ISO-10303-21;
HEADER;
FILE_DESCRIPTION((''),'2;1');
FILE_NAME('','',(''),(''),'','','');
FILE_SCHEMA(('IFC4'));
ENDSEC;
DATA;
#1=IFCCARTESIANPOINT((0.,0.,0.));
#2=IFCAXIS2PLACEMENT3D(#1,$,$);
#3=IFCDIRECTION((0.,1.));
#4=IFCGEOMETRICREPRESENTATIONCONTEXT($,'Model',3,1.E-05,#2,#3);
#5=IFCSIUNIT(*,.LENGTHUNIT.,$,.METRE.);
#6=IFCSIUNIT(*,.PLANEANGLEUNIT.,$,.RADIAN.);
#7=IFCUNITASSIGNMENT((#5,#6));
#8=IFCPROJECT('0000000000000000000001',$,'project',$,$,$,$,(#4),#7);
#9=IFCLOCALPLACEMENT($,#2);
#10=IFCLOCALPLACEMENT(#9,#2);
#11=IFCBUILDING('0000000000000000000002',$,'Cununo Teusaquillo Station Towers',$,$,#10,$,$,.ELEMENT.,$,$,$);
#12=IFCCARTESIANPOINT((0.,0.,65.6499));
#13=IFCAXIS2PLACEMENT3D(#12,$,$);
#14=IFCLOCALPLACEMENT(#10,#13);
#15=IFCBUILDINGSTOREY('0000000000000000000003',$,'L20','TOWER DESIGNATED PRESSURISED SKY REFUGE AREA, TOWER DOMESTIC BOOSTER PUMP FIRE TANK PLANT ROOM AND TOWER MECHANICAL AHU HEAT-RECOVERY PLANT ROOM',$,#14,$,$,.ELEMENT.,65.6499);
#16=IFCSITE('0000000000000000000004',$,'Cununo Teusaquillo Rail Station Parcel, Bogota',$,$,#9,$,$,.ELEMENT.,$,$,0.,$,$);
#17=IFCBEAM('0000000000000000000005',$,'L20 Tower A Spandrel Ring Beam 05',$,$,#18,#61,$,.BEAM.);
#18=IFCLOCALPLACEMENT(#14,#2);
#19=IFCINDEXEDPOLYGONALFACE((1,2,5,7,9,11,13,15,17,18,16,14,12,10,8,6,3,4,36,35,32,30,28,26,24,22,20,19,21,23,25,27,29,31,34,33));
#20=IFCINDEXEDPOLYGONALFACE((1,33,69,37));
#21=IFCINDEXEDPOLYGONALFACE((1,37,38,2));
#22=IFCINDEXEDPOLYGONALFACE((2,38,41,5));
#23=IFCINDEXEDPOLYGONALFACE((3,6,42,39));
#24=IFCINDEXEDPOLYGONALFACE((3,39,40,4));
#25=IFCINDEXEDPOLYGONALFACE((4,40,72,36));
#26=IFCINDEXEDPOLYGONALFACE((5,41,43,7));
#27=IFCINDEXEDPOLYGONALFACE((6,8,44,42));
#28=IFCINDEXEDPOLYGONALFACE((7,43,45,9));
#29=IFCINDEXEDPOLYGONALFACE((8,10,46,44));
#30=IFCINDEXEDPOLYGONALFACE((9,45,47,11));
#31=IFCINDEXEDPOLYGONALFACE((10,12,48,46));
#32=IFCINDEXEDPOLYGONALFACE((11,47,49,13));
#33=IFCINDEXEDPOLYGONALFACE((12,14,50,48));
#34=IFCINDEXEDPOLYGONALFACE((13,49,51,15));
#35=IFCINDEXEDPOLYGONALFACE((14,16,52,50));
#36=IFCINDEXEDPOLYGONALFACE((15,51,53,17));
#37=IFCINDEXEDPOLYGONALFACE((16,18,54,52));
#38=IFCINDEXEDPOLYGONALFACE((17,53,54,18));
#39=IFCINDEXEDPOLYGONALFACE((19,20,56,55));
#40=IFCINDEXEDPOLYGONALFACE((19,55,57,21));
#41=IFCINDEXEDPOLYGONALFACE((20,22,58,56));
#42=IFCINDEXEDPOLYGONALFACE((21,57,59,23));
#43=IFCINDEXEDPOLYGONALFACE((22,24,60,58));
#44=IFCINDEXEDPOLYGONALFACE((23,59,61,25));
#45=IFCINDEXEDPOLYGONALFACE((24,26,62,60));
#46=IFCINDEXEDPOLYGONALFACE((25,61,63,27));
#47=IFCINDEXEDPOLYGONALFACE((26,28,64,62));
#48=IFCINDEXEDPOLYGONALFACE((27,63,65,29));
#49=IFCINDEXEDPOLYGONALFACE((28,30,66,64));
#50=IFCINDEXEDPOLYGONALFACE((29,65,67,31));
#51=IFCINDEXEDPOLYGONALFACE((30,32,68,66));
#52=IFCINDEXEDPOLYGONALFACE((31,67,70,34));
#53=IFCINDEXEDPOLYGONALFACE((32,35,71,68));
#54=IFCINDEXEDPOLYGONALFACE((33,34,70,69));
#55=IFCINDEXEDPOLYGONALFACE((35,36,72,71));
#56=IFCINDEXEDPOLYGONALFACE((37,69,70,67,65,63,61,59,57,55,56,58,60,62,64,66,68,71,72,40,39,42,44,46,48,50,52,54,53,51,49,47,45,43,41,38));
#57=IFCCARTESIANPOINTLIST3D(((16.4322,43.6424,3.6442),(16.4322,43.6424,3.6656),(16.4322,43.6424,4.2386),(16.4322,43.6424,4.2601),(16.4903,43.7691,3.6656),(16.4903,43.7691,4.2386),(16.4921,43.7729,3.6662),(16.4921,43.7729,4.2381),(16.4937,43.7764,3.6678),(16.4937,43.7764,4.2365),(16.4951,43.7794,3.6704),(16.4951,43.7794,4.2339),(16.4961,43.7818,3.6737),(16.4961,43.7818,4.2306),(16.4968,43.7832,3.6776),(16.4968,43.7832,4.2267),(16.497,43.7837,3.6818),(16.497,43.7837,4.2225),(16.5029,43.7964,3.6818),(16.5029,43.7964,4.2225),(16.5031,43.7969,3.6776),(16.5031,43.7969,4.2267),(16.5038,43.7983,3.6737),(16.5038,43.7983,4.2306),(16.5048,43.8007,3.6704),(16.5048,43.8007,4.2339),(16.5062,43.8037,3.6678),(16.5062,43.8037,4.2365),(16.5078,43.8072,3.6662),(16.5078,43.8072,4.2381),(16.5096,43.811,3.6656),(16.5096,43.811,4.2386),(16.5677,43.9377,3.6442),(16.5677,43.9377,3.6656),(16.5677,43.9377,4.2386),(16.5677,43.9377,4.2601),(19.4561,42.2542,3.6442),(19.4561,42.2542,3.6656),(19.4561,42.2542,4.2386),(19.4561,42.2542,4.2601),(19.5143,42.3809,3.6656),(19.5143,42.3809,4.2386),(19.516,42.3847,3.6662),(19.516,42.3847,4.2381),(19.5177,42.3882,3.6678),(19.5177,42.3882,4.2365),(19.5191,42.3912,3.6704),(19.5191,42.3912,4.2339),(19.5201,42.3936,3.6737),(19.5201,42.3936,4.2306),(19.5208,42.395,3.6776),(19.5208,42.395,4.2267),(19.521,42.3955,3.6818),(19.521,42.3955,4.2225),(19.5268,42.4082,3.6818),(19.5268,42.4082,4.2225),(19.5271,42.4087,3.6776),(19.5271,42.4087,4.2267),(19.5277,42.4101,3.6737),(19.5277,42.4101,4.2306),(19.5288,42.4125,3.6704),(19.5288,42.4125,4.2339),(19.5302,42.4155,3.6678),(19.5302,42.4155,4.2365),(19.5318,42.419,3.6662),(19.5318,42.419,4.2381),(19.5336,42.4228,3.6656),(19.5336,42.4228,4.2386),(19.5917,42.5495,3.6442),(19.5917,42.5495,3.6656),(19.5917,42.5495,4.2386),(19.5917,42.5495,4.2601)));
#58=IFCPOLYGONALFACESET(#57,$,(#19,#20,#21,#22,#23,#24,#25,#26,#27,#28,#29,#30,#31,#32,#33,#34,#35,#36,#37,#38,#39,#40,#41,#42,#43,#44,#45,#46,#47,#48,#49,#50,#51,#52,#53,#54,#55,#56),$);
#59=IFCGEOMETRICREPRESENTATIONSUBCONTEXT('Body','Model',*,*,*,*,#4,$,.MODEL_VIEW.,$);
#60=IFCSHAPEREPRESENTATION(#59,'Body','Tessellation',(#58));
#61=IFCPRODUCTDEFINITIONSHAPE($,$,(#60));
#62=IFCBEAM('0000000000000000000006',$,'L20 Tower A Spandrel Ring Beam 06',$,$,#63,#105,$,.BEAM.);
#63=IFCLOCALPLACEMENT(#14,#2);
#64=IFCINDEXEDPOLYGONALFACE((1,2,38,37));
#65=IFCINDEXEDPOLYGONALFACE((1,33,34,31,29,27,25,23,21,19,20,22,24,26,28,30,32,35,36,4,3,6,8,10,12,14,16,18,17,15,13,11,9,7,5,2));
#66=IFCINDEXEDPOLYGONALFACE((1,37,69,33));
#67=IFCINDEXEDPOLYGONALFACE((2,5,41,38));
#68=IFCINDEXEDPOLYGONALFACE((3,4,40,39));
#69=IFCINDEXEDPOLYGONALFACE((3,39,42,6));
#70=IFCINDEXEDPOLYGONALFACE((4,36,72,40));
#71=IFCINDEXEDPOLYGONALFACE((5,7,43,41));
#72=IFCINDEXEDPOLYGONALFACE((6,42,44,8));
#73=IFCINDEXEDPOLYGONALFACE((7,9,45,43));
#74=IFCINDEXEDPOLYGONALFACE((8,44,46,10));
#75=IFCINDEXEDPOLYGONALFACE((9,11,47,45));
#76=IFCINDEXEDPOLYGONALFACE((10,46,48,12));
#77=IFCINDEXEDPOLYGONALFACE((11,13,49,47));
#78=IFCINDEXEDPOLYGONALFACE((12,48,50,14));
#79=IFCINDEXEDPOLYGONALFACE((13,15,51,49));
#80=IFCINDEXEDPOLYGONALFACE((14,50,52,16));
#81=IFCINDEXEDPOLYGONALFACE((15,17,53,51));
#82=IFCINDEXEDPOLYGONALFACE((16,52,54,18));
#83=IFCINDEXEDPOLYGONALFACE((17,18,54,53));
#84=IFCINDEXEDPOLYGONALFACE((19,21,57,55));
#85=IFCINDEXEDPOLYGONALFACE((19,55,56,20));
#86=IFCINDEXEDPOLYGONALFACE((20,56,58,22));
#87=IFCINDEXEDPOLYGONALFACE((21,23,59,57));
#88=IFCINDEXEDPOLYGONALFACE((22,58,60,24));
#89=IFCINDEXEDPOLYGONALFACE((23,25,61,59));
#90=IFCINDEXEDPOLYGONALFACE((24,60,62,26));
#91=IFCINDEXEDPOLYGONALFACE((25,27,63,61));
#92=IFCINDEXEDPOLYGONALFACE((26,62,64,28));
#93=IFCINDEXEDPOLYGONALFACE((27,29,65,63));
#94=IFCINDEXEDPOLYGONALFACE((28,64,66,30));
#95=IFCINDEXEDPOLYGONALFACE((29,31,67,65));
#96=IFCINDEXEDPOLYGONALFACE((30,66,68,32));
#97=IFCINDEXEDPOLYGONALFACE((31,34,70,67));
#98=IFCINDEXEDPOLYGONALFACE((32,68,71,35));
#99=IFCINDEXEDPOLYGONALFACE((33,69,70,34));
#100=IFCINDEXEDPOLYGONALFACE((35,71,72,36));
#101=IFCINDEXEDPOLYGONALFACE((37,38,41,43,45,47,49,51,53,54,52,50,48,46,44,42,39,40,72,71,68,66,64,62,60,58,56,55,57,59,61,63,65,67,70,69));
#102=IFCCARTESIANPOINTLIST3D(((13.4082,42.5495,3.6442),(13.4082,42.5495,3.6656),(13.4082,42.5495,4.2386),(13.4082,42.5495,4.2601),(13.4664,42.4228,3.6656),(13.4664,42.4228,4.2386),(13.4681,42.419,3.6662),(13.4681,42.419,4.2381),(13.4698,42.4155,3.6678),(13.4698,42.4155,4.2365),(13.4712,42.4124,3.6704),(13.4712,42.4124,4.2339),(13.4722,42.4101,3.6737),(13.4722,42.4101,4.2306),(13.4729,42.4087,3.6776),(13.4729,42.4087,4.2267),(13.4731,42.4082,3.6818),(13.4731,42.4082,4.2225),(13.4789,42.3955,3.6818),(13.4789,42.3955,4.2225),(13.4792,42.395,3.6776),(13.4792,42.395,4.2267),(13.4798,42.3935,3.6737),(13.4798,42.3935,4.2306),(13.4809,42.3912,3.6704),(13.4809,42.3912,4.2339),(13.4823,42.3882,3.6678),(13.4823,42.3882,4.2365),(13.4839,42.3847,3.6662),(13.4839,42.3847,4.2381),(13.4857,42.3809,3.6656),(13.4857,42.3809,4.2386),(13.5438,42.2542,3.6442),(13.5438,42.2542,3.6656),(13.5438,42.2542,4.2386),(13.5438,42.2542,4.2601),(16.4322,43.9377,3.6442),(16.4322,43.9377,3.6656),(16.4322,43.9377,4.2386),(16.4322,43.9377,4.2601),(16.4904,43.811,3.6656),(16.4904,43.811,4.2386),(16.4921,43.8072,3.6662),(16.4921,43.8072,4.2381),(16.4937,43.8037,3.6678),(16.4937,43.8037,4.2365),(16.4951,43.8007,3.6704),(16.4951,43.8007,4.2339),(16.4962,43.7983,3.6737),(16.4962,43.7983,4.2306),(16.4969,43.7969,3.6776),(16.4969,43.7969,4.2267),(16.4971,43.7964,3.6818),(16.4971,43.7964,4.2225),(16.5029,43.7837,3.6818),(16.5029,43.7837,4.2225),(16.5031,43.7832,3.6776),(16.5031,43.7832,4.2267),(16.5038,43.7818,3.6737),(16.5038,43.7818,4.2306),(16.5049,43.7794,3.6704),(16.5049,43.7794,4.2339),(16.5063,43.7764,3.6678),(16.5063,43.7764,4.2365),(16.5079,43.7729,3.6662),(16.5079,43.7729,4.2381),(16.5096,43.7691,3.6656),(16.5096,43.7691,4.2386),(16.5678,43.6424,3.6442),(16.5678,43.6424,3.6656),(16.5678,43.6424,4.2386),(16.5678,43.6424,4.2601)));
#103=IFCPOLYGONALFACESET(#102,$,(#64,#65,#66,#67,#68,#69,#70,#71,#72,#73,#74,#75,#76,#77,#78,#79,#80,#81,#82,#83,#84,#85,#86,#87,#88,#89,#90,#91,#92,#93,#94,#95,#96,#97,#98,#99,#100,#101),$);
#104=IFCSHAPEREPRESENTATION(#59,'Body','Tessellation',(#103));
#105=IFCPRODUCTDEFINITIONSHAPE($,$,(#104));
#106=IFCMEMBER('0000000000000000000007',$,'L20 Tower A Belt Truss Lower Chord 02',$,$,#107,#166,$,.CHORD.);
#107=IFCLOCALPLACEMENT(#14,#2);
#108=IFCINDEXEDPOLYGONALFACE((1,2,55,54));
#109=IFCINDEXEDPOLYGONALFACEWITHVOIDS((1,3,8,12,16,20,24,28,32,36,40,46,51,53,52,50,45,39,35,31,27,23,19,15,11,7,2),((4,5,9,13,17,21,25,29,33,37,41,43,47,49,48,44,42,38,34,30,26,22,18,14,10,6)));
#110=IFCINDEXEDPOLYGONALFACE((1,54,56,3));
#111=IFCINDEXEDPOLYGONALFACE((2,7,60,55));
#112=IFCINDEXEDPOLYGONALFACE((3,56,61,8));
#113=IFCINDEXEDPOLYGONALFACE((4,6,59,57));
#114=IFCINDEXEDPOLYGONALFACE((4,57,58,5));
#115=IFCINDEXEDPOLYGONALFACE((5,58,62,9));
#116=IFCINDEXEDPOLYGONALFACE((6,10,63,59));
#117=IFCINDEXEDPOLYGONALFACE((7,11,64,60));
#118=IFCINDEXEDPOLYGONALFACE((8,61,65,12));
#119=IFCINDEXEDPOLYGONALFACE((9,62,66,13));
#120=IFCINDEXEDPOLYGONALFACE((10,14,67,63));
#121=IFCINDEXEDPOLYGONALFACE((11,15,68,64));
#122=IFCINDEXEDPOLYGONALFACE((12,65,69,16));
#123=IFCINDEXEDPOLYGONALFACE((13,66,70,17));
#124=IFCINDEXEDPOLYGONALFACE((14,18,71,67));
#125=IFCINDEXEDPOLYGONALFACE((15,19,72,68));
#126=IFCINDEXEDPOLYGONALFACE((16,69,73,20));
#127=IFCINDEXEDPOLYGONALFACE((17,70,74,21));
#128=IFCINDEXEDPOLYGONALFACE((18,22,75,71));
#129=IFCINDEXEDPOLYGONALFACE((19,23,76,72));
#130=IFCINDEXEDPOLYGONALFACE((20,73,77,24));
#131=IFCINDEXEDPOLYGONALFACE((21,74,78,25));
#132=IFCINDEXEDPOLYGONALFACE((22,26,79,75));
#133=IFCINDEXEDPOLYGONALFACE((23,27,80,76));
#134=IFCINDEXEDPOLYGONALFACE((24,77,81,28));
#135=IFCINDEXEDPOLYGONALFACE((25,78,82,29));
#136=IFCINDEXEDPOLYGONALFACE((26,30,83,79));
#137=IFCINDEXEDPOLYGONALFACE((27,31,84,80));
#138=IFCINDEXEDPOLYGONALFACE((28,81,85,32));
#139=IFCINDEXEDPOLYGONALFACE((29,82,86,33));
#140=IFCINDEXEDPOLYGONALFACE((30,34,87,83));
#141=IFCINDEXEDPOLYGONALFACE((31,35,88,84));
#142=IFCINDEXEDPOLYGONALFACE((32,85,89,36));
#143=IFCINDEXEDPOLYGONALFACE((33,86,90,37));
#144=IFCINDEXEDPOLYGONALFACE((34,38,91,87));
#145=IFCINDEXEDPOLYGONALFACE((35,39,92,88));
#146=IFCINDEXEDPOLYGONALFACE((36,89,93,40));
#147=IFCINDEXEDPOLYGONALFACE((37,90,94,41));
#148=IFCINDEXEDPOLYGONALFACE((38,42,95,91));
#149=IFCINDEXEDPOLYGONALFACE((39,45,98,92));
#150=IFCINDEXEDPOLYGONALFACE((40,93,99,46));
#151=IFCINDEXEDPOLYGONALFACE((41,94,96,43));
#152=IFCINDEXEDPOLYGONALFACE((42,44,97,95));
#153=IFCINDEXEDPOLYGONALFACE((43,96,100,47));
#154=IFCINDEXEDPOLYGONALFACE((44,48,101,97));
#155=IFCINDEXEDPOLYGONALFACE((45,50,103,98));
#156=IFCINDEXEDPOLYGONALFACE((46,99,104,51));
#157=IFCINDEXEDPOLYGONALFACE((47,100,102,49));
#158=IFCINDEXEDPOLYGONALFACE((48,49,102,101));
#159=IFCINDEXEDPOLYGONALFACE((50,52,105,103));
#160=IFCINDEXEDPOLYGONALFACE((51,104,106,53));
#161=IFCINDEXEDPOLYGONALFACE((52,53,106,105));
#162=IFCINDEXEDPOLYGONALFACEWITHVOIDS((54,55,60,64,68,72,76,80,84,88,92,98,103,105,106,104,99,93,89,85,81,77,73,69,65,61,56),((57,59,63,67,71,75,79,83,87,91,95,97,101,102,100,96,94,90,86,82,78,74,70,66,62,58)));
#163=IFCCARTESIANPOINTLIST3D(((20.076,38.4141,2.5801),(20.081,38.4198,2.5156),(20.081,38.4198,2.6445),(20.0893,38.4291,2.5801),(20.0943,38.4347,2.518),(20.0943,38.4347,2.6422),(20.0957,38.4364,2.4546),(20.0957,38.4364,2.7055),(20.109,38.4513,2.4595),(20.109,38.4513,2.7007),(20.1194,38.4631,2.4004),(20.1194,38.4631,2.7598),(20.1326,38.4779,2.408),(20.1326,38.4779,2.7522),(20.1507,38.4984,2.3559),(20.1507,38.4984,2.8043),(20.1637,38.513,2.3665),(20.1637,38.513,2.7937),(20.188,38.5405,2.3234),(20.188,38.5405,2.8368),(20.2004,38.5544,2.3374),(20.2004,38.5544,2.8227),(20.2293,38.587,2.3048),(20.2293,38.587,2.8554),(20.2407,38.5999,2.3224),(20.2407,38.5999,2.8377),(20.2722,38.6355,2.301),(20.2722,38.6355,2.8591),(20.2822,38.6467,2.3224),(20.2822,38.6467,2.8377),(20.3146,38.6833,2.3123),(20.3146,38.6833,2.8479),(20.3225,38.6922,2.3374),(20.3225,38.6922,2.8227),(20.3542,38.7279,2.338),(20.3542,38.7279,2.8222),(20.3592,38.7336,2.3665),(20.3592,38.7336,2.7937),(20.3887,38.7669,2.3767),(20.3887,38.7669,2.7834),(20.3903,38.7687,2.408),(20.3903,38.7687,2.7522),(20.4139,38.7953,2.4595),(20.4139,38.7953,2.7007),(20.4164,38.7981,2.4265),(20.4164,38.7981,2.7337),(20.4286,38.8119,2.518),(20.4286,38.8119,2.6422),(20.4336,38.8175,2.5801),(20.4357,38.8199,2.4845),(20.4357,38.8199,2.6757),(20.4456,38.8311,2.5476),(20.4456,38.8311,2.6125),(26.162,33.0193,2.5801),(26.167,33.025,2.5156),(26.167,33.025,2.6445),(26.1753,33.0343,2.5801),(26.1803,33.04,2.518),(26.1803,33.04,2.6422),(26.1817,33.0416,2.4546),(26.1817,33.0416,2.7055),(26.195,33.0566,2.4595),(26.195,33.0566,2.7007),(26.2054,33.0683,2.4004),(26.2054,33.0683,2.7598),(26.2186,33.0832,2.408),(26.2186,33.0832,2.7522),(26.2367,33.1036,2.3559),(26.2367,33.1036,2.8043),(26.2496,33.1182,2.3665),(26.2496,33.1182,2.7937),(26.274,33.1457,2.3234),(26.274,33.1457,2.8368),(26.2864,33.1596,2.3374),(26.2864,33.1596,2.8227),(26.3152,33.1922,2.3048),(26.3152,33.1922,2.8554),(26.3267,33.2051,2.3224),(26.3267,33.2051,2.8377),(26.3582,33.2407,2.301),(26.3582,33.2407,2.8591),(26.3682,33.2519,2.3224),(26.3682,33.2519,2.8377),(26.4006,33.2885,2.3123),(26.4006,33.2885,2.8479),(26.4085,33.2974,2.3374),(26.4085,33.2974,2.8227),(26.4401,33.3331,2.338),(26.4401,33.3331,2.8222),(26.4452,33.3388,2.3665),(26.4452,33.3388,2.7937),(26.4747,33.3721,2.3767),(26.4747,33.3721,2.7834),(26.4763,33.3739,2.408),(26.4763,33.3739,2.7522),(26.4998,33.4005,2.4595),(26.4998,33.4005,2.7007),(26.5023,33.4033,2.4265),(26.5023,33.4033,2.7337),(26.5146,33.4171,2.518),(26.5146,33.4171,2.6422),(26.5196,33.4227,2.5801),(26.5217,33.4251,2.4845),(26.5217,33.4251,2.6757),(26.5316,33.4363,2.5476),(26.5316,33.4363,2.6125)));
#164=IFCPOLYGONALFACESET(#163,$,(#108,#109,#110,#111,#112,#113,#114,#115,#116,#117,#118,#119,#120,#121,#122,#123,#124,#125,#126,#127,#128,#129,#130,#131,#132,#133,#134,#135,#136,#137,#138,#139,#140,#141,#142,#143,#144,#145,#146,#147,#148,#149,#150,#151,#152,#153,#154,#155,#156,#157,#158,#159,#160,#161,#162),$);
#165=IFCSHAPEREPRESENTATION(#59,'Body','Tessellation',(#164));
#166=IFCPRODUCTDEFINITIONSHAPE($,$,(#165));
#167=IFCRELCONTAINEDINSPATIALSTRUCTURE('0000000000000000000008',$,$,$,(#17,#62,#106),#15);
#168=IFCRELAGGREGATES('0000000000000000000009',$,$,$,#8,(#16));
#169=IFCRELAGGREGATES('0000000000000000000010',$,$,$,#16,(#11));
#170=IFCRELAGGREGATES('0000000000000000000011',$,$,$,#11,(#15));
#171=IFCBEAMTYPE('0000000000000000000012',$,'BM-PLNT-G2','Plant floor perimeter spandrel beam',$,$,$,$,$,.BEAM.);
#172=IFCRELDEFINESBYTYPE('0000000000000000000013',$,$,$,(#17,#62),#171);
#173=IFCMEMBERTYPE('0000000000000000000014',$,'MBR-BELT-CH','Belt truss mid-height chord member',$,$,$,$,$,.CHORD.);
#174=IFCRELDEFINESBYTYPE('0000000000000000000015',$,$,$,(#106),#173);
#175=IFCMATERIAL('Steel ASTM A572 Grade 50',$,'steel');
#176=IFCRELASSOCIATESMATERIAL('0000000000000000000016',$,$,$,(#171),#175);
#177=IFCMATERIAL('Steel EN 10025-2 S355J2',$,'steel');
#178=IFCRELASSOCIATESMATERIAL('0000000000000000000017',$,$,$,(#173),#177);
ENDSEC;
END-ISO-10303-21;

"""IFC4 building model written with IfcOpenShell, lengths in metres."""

from ifc_helpers import new_model, si_unit, direction, frame, origin, origin_2d, place, context, subcontext, project, spatial, hollow_circle, i_section, extrude, material, material_profile, profile_set, type_object, element, save


model = new_model("IFC4")

# Units and contexts
model_context = context("Model", 3, precision=1e-05, world=origin(), true_north=direction((0.0, 1.0)))
body_context = subcontext(model_context, "Body", "Model", "MODEL_VIEW")
ifc_project = project(units=[si_unit("LENGTHUNIT", "METRE"), si_unit("PLANEANGLEUNIT", "RADIAN")], contexts=[model_context])

# Site, building, storey
site_placement = place(None, origin())
site = spatial("IfcSite", under=ifc_project, at=site_placement, Name="Cununo Teusaquillo Rail Station Parcel, Bogota", CompositionType="ELEMENT", RefElevation=0.0)
building_placement = place(site_placement, origin())
building = spatial("IfcBuilding", under=site, at=building_placement, Name="Cununo Teusaquillo Station Towers", CompositionType="ELEMENT")
storey_placement = place(building_placement, frame((0.0, 0.0, 65.6499)))
storey = spatial("IfcBuildingStorey", under=building, at=storey_placement, Name="L20", Description="TOWER DESIGNATED PRESSURISED SKY REFUGE AREA, TOWER DOMESTIC BOOSTER PUMP FIRE TANK PLANT ROOM AND TOWER MECHANICAL AHU HEAT-RECOVERY PLANT ROOM", CompositionType="ELEMENT", Elevation=65.6499)

# Beams
ifc_material_1 = material(Name="Steel ASTM A572 Grade 50", Category="steel")
ifc_material_profile_1 = material_profile(ifc_material_1, i_section(OverallWidth=0.325, OverallDepth=0.616, WebThickness=0.0139, FlangeThickness=0.0215, FilletRadius=0.0161, at=origin_2d()), Name="W24X117")
ifc_profile_set_1 = profile_set([ifc_material_profile_1], Name="Steel ASTM A572 Grade 50")
beam_type_1 = type_object("IfcBeamType", Name="BM-PLNT-G2", Description="Plant floor perimeter spandrel beam", PredefinedType="BEAM", material=ifc_profile_set_1)
for number, where, z_axis, x_axis, name in (
    (1, (19.5239, 42.4019, 3.9521), (-0.908812, 0.417205, 0.0), (-0.417205, -0.908812, 0.0), "L20 Tower A Spandrel Ring Beam 05"),
    (2, (16.5, 43.79, 3.9521), (-0.908812, -0.417205, 0.0), (0.417205, -0.908812, 0.0), "L20 Tower A Spandrel Ring Beam 06"),
):
    element("IfcBeam", number, at=place(storey_placement, frame(where, z_axis=z_axis, x_axis=x_axis)), inside=storey, type_object=beam_type_1, Name=name, PredefinedType="BEAM", context=body_context, shape_type="SweptSolid", body=[
        extrude(i_section(OverallWidth=0.325, OverallDepth=0.616, WebThickness=0.0139, FlangeThickness=0.0215, FilletRadius=0.0161, at=origin_2d()), origin(), (0.0, 0.0, 1.0), 3.3274),
    ])

# Member
ifc_material_2 = material(Name="Steel EN 10025-2 S355J2", Category="steel")
ifc_material_profile_2 = material_profile(ifc_material_2, hollow_circle(Radius=0.2795, WallThickness=0.02, at=origin_2d()), Name="CHS 559x20")
ifc_profile_set_2 = profile_set([ifc_material_profile_2], Name="Steel EN 10025-2 S355J2")
member_type_1 = type_object("IfcMemberType", Name="MBR-BELT-CH", Description="Belt truss mid-height chord member", PredefinedType="CHORD", material=ifc_profile_set_2)
member_1_placement = place(storey_placement, frame((26.3474, 33.2285, 2.5801), z_axis=(-0.748321, 0.663337, 0.0), x_axis=(-0.663337, -0.748321, 0.0)))
element("IfcMember", 3, at=member_1_placement, inside=storey, type_object=member_type_1, Name="L20 Tower A Belt Truss Lower Chord 02", PredefinedType="CHORD", context=body_context, shape_type="SweptSolid", body=[
    extrude(hollow_circle(Radius=0.2795, WallThickness=0.02, at=origin_2d()), origin(), (0.0, 0.0, 1.0), 8.1328),
])

save(model, "model.ifc")
